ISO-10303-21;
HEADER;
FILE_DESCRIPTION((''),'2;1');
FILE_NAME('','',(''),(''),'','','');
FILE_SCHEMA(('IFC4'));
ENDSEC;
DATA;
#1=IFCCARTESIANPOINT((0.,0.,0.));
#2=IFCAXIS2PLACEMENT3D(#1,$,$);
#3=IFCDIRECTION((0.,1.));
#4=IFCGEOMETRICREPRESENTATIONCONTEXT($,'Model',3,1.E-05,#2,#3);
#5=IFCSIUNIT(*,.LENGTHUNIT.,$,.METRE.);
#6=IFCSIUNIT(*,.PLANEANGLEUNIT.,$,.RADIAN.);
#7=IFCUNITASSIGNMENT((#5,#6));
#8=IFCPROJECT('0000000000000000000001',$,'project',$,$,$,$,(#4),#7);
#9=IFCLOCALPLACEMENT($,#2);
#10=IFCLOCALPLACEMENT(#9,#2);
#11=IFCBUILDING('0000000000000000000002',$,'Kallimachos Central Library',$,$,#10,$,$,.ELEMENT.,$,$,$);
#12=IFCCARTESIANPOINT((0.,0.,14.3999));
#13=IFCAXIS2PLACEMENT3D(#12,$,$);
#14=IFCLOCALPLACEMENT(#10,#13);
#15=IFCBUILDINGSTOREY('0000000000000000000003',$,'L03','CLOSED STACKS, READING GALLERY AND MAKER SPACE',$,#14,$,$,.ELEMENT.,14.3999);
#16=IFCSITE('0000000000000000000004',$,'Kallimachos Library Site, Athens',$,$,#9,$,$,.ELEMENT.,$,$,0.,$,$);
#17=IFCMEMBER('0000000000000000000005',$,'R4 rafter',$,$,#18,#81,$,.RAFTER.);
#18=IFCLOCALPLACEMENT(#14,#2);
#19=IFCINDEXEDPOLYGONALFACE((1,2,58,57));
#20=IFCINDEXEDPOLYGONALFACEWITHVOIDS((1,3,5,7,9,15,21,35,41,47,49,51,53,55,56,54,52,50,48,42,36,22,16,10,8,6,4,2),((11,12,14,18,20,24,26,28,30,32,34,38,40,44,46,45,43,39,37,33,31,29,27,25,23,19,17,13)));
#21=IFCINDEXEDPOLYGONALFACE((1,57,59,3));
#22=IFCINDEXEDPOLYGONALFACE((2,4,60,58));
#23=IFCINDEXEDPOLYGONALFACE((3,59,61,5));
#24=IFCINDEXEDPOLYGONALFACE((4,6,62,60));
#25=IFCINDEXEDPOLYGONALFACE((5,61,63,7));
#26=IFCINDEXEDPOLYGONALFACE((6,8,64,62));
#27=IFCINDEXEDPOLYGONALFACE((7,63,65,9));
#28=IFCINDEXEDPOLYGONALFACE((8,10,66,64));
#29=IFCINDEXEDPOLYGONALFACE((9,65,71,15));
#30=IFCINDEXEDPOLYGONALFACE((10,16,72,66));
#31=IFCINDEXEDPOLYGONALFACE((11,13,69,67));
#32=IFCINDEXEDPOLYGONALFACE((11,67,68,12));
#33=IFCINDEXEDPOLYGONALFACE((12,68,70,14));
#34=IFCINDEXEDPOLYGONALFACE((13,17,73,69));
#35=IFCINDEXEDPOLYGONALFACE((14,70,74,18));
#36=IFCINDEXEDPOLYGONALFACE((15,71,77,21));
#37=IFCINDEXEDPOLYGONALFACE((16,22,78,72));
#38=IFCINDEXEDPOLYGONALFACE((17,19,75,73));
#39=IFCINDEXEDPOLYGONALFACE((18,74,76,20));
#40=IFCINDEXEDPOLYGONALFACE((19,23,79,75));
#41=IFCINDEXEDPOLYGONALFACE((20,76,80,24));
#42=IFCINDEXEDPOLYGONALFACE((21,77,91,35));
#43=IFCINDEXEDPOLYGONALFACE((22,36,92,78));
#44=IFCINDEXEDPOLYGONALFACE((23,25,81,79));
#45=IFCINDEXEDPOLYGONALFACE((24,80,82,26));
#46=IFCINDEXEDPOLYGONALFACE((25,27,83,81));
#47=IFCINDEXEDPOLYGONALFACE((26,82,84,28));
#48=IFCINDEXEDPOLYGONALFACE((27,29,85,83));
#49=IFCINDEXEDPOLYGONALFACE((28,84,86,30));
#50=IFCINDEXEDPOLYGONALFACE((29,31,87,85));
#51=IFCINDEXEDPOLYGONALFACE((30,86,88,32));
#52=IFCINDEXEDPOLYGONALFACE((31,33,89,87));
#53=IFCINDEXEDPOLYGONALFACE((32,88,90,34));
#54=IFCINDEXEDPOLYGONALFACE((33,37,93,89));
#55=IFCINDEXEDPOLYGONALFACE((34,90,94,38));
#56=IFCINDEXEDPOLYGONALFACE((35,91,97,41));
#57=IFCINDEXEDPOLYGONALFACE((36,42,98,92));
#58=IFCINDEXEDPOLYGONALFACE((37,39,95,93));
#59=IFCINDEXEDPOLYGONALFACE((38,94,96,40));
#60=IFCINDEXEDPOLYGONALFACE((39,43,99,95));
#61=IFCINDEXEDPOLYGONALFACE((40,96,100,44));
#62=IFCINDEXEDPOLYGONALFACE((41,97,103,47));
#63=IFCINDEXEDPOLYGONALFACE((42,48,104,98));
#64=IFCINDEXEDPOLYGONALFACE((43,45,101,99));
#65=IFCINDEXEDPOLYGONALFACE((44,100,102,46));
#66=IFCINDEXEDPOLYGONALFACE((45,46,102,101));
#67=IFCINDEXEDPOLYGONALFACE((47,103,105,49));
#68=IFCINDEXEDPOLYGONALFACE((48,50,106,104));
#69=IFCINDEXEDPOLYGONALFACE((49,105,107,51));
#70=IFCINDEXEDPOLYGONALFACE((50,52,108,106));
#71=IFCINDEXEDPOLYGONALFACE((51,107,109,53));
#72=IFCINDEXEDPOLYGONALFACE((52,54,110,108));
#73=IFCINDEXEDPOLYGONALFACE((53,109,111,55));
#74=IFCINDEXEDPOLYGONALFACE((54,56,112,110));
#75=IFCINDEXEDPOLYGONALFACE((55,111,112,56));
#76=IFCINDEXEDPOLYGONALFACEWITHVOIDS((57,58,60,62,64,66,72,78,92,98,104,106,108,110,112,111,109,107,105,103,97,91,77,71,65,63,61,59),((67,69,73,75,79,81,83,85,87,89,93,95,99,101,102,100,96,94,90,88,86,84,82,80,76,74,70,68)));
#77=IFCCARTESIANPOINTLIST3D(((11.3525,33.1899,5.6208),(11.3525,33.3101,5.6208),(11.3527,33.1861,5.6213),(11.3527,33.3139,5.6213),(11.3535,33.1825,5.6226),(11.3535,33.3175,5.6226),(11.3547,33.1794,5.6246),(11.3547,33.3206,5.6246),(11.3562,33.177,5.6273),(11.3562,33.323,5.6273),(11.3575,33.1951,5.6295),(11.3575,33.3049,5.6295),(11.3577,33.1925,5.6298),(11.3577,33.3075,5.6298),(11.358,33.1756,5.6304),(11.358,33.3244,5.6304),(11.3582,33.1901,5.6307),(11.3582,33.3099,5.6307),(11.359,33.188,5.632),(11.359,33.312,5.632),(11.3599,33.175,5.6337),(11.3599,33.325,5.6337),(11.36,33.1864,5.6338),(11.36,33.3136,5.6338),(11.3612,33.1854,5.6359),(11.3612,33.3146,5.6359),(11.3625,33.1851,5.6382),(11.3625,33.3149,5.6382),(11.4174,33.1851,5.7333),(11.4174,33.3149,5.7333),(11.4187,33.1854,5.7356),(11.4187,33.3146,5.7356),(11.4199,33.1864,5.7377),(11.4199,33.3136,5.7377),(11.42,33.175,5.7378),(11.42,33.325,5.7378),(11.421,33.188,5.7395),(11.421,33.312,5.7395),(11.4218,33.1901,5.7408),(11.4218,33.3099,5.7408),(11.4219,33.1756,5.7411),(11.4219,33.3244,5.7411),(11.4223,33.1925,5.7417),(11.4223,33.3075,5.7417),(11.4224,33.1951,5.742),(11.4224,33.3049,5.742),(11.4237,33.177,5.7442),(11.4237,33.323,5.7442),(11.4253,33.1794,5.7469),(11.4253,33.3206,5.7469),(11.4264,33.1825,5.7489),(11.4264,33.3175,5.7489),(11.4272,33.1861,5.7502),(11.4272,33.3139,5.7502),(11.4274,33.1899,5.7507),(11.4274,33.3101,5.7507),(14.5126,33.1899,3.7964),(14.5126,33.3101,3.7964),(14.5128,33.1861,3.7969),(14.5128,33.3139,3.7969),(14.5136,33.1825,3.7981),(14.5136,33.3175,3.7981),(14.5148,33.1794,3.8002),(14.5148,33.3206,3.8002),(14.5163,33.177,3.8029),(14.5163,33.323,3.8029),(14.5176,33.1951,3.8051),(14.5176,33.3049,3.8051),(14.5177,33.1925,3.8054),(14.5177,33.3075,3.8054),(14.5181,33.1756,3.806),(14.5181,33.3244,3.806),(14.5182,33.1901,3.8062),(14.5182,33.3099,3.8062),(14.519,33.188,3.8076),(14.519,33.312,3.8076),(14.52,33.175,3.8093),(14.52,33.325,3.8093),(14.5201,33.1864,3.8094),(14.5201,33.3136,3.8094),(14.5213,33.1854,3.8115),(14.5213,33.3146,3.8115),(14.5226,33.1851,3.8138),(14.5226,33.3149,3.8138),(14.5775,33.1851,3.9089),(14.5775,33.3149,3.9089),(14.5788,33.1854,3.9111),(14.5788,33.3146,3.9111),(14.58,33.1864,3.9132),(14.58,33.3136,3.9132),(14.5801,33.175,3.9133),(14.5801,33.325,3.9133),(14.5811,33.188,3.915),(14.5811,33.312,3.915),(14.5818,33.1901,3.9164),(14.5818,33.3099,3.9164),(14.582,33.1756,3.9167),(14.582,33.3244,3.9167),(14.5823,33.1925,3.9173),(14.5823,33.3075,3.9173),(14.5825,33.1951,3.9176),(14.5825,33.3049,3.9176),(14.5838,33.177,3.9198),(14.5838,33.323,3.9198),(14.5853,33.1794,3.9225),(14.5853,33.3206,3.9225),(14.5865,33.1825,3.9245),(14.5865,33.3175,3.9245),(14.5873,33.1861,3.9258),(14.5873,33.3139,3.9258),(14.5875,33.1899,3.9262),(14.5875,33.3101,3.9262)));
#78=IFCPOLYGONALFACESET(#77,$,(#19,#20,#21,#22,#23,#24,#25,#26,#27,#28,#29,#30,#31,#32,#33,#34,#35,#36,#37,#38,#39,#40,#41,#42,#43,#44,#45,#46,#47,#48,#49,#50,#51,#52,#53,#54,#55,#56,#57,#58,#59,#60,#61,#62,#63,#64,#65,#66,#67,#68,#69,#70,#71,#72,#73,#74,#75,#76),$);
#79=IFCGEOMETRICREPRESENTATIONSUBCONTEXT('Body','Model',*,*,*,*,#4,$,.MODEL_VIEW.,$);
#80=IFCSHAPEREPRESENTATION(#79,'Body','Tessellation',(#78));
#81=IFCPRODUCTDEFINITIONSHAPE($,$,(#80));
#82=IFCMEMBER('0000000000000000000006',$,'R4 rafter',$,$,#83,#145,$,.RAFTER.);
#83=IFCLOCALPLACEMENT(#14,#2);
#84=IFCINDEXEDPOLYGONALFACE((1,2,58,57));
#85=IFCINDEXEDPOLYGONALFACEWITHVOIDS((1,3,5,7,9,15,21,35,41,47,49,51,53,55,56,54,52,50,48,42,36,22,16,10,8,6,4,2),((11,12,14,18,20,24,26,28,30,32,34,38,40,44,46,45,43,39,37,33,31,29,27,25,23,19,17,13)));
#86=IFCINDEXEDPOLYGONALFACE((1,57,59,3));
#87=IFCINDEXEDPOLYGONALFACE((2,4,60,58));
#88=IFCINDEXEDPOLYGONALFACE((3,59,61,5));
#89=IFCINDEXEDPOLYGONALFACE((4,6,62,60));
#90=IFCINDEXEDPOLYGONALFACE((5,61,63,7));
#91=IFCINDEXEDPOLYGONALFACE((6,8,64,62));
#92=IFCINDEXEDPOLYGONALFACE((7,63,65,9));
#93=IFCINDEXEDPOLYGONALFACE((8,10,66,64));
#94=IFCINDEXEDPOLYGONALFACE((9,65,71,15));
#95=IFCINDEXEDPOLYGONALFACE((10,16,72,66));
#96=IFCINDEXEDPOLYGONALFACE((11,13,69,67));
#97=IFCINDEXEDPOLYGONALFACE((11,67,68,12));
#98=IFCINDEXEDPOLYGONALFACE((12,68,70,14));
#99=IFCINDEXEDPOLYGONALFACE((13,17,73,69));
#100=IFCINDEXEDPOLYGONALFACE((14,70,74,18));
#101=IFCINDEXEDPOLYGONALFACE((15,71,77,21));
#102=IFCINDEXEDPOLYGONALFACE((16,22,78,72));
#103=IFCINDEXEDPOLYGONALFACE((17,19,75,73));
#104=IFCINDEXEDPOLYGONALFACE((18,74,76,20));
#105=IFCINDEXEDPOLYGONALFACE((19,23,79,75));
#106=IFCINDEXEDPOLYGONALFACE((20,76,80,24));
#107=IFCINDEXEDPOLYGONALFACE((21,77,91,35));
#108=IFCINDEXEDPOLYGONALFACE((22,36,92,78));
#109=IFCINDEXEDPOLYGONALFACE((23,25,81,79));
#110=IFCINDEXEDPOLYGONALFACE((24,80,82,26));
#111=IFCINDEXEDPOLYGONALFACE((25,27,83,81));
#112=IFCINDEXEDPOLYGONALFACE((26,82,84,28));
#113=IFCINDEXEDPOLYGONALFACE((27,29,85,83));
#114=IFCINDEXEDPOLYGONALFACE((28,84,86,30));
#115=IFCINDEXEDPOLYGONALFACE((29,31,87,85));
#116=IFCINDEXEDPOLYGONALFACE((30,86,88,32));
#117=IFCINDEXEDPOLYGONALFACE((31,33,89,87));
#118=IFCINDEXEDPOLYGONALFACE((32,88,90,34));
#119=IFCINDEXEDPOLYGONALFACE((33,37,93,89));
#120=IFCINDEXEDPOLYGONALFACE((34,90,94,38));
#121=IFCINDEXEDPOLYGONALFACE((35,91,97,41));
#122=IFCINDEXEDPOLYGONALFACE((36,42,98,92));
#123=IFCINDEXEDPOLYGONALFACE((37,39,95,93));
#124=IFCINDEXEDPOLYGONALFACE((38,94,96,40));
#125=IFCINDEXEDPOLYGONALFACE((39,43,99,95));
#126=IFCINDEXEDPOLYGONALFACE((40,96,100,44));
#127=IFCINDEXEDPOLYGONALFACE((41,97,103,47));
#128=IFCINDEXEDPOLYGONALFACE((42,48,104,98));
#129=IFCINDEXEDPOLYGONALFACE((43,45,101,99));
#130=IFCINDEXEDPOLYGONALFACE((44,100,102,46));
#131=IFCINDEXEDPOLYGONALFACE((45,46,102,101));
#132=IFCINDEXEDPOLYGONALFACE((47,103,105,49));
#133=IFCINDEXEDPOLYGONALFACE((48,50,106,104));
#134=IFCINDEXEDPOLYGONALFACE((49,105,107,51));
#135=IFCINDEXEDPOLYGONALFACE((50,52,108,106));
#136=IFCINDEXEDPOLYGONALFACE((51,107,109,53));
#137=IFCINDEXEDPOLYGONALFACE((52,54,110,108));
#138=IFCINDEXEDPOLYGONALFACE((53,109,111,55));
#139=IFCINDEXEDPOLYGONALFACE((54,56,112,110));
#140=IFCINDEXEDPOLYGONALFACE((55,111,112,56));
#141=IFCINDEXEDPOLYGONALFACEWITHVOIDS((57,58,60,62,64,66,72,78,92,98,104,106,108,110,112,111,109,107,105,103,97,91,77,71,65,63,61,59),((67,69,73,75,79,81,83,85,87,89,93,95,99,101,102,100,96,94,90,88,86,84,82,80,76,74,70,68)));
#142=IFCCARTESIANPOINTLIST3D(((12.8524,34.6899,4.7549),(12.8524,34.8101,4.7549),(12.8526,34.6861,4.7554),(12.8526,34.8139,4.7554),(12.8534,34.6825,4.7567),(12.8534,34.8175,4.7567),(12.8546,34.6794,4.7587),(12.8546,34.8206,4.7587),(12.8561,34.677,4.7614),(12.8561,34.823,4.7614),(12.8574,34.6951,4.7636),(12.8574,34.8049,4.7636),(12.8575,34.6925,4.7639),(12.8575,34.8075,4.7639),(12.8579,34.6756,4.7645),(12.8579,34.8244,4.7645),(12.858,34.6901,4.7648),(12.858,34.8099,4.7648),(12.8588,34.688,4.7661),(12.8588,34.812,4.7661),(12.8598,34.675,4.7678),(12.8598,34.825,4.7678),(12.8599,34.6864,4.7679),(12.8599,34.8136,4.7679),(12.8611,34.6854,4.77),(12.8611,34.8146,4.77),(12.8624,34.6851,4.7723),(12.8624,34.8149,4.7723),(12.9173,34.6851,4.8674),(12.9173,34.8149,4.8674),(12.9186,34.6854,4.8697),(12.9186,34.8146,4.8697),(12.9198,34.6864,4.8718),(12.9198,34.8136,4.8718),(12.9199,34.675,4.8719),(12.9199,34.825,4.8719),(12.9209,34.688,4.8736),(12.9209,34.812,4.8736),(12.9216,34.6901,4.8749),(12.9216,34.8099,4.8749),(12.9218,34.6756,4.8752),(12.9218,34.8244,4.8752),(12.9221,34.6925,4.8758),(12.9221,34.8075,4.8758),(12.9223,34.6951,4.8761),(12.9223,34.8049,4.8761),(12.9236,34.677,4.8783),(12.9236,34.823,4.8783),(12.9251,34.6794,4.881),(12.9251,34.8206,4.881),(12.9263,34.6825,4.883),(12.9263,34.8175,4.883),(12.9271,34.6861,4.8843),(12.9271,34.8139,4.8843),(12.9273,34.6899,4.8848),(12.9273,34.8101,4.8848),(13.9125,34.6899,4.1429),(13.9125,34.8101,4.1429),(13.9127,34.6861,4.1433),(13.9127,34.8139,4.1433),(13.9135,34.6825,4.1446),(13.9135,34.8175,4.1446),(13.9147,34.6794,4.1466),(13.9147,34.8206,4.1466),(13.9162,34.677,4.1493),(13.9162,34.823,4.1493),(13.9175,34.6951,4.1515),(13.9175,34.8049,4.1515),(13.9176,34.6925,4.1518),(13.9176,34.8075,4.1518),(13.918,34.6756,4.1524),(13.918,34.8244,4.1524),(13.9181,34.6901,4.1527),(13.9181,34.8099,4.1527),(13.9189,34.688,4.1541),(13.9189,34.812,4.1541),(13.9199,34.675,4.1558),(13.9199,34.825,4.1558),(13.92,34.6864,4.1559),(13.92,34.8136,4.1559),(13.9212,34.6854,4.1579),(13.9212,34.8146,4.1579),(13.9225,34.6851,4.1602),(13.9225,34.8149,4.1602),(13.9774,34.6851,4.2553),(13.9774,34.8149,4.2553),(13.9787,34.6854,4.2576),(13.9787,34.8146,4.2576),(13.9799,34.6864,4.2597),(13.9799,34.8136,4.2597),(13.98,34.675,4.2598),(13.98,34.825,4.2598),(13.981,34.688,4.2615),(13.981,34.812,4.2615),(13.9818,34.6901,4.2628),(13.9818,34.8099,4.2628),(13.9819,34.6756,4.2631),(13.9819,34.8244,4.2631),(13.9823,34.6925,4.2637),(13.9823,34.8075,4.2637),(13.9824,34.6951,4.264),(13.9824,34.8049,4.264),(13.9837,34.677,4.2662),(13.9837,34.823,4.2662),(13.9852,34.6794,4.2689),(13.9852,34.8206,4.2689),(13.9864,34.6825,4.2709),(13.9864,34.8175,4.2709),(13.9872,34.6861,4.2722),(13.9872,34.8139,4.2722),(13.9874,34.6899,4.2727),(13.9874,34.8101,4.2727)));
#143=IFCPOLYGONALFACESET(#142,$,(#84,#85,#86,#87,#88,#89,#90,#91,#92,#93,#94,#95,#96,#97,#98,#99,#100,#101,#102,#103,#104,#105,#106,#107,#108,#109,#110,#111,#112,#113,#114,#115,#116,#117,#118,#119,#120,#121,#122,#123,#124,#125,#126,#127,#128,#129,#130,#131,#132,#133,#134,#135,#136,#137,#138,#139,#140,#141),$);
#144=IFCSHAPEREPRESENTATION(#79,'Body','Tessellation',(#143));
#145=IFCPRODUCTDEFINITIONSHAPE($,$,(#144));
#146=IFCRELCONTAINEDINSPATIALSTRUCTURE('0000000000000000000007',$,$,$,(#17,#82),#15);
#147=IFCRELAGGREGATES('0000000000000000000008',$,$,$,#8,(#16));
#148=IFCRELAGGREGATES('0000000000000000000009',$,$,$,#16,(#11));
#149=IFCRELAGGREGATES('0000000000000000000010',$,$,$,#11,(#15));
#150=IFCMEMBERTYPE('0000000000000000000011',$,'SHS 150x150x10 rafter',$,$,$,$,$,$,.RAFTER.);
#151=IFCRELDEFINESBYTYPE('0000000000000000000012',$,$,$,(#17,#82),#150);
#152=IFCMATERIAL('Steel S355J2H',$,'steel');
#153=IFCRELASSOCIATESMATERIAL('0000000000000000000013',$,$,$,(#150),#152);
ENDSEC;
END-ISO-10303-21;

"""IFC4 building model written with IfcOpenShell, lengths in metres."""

from ifc_helpers import new_model, si_unit, direction, frame, origin, origin_2d, place, context, subcontext, project, spatial, hollow_rectangle, extrude, material, material_profile, profile_set, type_object, element, save


model = new_model("IFC4")

# Units and contexts
model_context = context("Model", 3, precision=1e-05, world=origin(), true_north=direction((0.0, 1.0)))
body_context = subcontext(model_context, "Body", "Model", "MODEL_VIEW")
ifc_project = project(units=[si_unit("LENGTHUNIT", "METRE"), si_unit("PLANEANGLEUNIT", "RADIAN")], contexts=[model_context])

# Site, building, storey
site_placement = place(None, origin())
site = spatial("IfcSite", under=ifc_project, at=site_placement, Name="Kallimachos Library Site, Athens", CompositionType="ELEMENT", RefElevation=0.0)
building_placement = place(site_placement, origin())
building = spatial("IfcBuilding", under=site, at=building_placement, Name="Kallimachos Central Library", CompositionType="ELEMENT")
storey_placement = place(building_placement, frame((0.0, 0.0, 14.3999)))
storey = spatial("IfcBuildingStorey", under=building, at=storey_placement, Name="L03", Description="CLOSED STACKS, READING GALLERY AND MAKER SPACE", CompositionType="ELEMENT", Elevation=14.3999)

# Members
ifc_material_1 = material(Name="Steel S355J2H", Category="steel")
ifc_material_profile_1 = material_profile(ifc_material_1, hollow_rectangle(XDim=0.1499, YDim=0.1499, WallThickness=0.01, InnerFilletRadius=0.01, OuterFilletRadius=0.0149, at=origin_2d()), Name="SHS 150x150x10")
ifc_profile_set_1 = profile_set([ifc_material_profile_1], Name="Steel S355J2H")
member_type_1 = type_object("IfcMemberType", Name="SHS 150x150x10 rafter", PredefinedType="RAFTER", material=ifc_profile_set_1)
member_1_placement = place(storey_placement, frame((14.55, 33.25, 3.8613), z_axis=(-0.866032, 0.0, 0.499989), x_axis=(0.0, -1.0, 0.0)))
element("IfcMember", 1, at=member_1_placement, inside=storey, type_object=member_type_1, Name="R4 rafter", PredefinedType="RAFTER", context=body_context, shape_type="SweptSolid", body=[
    extrude(hollow_rectangle(XDim=0.1499, YDim=0.1499, WallThickness=0.01, InnerFilletRadius=0.01, OuterFilletRadius=0.0149, at=origin_2d()), origin(), (0.0, 0.0, 1.0), 3.6489),
])
member_2_placement = place(storey_placement, frame((13.95, 34.75, 4.2078), z_axis=(-0.866013, 0.0, 0.500022), x_axis=(0.0, -1.0, 0.0)))
element("IfcMember", 2, at=member_2_placement, inside=storey, type_object=member_type_1, Name="R4 rafter", PredefinedType="RAFTER", context=body_context, shape_type="SweptSolid", body=[
    extrude(hollow_rectangle(XDim=0.1499, YDim=0.1499, WallThickness=0.01, InnerFilletRadius=0.01, OuterFilletRadius=0.0149, at=origin_2d()), origin(), (0.0, 0.0, 1.0), 1.2241),
])

save(model, "model.ifc")
